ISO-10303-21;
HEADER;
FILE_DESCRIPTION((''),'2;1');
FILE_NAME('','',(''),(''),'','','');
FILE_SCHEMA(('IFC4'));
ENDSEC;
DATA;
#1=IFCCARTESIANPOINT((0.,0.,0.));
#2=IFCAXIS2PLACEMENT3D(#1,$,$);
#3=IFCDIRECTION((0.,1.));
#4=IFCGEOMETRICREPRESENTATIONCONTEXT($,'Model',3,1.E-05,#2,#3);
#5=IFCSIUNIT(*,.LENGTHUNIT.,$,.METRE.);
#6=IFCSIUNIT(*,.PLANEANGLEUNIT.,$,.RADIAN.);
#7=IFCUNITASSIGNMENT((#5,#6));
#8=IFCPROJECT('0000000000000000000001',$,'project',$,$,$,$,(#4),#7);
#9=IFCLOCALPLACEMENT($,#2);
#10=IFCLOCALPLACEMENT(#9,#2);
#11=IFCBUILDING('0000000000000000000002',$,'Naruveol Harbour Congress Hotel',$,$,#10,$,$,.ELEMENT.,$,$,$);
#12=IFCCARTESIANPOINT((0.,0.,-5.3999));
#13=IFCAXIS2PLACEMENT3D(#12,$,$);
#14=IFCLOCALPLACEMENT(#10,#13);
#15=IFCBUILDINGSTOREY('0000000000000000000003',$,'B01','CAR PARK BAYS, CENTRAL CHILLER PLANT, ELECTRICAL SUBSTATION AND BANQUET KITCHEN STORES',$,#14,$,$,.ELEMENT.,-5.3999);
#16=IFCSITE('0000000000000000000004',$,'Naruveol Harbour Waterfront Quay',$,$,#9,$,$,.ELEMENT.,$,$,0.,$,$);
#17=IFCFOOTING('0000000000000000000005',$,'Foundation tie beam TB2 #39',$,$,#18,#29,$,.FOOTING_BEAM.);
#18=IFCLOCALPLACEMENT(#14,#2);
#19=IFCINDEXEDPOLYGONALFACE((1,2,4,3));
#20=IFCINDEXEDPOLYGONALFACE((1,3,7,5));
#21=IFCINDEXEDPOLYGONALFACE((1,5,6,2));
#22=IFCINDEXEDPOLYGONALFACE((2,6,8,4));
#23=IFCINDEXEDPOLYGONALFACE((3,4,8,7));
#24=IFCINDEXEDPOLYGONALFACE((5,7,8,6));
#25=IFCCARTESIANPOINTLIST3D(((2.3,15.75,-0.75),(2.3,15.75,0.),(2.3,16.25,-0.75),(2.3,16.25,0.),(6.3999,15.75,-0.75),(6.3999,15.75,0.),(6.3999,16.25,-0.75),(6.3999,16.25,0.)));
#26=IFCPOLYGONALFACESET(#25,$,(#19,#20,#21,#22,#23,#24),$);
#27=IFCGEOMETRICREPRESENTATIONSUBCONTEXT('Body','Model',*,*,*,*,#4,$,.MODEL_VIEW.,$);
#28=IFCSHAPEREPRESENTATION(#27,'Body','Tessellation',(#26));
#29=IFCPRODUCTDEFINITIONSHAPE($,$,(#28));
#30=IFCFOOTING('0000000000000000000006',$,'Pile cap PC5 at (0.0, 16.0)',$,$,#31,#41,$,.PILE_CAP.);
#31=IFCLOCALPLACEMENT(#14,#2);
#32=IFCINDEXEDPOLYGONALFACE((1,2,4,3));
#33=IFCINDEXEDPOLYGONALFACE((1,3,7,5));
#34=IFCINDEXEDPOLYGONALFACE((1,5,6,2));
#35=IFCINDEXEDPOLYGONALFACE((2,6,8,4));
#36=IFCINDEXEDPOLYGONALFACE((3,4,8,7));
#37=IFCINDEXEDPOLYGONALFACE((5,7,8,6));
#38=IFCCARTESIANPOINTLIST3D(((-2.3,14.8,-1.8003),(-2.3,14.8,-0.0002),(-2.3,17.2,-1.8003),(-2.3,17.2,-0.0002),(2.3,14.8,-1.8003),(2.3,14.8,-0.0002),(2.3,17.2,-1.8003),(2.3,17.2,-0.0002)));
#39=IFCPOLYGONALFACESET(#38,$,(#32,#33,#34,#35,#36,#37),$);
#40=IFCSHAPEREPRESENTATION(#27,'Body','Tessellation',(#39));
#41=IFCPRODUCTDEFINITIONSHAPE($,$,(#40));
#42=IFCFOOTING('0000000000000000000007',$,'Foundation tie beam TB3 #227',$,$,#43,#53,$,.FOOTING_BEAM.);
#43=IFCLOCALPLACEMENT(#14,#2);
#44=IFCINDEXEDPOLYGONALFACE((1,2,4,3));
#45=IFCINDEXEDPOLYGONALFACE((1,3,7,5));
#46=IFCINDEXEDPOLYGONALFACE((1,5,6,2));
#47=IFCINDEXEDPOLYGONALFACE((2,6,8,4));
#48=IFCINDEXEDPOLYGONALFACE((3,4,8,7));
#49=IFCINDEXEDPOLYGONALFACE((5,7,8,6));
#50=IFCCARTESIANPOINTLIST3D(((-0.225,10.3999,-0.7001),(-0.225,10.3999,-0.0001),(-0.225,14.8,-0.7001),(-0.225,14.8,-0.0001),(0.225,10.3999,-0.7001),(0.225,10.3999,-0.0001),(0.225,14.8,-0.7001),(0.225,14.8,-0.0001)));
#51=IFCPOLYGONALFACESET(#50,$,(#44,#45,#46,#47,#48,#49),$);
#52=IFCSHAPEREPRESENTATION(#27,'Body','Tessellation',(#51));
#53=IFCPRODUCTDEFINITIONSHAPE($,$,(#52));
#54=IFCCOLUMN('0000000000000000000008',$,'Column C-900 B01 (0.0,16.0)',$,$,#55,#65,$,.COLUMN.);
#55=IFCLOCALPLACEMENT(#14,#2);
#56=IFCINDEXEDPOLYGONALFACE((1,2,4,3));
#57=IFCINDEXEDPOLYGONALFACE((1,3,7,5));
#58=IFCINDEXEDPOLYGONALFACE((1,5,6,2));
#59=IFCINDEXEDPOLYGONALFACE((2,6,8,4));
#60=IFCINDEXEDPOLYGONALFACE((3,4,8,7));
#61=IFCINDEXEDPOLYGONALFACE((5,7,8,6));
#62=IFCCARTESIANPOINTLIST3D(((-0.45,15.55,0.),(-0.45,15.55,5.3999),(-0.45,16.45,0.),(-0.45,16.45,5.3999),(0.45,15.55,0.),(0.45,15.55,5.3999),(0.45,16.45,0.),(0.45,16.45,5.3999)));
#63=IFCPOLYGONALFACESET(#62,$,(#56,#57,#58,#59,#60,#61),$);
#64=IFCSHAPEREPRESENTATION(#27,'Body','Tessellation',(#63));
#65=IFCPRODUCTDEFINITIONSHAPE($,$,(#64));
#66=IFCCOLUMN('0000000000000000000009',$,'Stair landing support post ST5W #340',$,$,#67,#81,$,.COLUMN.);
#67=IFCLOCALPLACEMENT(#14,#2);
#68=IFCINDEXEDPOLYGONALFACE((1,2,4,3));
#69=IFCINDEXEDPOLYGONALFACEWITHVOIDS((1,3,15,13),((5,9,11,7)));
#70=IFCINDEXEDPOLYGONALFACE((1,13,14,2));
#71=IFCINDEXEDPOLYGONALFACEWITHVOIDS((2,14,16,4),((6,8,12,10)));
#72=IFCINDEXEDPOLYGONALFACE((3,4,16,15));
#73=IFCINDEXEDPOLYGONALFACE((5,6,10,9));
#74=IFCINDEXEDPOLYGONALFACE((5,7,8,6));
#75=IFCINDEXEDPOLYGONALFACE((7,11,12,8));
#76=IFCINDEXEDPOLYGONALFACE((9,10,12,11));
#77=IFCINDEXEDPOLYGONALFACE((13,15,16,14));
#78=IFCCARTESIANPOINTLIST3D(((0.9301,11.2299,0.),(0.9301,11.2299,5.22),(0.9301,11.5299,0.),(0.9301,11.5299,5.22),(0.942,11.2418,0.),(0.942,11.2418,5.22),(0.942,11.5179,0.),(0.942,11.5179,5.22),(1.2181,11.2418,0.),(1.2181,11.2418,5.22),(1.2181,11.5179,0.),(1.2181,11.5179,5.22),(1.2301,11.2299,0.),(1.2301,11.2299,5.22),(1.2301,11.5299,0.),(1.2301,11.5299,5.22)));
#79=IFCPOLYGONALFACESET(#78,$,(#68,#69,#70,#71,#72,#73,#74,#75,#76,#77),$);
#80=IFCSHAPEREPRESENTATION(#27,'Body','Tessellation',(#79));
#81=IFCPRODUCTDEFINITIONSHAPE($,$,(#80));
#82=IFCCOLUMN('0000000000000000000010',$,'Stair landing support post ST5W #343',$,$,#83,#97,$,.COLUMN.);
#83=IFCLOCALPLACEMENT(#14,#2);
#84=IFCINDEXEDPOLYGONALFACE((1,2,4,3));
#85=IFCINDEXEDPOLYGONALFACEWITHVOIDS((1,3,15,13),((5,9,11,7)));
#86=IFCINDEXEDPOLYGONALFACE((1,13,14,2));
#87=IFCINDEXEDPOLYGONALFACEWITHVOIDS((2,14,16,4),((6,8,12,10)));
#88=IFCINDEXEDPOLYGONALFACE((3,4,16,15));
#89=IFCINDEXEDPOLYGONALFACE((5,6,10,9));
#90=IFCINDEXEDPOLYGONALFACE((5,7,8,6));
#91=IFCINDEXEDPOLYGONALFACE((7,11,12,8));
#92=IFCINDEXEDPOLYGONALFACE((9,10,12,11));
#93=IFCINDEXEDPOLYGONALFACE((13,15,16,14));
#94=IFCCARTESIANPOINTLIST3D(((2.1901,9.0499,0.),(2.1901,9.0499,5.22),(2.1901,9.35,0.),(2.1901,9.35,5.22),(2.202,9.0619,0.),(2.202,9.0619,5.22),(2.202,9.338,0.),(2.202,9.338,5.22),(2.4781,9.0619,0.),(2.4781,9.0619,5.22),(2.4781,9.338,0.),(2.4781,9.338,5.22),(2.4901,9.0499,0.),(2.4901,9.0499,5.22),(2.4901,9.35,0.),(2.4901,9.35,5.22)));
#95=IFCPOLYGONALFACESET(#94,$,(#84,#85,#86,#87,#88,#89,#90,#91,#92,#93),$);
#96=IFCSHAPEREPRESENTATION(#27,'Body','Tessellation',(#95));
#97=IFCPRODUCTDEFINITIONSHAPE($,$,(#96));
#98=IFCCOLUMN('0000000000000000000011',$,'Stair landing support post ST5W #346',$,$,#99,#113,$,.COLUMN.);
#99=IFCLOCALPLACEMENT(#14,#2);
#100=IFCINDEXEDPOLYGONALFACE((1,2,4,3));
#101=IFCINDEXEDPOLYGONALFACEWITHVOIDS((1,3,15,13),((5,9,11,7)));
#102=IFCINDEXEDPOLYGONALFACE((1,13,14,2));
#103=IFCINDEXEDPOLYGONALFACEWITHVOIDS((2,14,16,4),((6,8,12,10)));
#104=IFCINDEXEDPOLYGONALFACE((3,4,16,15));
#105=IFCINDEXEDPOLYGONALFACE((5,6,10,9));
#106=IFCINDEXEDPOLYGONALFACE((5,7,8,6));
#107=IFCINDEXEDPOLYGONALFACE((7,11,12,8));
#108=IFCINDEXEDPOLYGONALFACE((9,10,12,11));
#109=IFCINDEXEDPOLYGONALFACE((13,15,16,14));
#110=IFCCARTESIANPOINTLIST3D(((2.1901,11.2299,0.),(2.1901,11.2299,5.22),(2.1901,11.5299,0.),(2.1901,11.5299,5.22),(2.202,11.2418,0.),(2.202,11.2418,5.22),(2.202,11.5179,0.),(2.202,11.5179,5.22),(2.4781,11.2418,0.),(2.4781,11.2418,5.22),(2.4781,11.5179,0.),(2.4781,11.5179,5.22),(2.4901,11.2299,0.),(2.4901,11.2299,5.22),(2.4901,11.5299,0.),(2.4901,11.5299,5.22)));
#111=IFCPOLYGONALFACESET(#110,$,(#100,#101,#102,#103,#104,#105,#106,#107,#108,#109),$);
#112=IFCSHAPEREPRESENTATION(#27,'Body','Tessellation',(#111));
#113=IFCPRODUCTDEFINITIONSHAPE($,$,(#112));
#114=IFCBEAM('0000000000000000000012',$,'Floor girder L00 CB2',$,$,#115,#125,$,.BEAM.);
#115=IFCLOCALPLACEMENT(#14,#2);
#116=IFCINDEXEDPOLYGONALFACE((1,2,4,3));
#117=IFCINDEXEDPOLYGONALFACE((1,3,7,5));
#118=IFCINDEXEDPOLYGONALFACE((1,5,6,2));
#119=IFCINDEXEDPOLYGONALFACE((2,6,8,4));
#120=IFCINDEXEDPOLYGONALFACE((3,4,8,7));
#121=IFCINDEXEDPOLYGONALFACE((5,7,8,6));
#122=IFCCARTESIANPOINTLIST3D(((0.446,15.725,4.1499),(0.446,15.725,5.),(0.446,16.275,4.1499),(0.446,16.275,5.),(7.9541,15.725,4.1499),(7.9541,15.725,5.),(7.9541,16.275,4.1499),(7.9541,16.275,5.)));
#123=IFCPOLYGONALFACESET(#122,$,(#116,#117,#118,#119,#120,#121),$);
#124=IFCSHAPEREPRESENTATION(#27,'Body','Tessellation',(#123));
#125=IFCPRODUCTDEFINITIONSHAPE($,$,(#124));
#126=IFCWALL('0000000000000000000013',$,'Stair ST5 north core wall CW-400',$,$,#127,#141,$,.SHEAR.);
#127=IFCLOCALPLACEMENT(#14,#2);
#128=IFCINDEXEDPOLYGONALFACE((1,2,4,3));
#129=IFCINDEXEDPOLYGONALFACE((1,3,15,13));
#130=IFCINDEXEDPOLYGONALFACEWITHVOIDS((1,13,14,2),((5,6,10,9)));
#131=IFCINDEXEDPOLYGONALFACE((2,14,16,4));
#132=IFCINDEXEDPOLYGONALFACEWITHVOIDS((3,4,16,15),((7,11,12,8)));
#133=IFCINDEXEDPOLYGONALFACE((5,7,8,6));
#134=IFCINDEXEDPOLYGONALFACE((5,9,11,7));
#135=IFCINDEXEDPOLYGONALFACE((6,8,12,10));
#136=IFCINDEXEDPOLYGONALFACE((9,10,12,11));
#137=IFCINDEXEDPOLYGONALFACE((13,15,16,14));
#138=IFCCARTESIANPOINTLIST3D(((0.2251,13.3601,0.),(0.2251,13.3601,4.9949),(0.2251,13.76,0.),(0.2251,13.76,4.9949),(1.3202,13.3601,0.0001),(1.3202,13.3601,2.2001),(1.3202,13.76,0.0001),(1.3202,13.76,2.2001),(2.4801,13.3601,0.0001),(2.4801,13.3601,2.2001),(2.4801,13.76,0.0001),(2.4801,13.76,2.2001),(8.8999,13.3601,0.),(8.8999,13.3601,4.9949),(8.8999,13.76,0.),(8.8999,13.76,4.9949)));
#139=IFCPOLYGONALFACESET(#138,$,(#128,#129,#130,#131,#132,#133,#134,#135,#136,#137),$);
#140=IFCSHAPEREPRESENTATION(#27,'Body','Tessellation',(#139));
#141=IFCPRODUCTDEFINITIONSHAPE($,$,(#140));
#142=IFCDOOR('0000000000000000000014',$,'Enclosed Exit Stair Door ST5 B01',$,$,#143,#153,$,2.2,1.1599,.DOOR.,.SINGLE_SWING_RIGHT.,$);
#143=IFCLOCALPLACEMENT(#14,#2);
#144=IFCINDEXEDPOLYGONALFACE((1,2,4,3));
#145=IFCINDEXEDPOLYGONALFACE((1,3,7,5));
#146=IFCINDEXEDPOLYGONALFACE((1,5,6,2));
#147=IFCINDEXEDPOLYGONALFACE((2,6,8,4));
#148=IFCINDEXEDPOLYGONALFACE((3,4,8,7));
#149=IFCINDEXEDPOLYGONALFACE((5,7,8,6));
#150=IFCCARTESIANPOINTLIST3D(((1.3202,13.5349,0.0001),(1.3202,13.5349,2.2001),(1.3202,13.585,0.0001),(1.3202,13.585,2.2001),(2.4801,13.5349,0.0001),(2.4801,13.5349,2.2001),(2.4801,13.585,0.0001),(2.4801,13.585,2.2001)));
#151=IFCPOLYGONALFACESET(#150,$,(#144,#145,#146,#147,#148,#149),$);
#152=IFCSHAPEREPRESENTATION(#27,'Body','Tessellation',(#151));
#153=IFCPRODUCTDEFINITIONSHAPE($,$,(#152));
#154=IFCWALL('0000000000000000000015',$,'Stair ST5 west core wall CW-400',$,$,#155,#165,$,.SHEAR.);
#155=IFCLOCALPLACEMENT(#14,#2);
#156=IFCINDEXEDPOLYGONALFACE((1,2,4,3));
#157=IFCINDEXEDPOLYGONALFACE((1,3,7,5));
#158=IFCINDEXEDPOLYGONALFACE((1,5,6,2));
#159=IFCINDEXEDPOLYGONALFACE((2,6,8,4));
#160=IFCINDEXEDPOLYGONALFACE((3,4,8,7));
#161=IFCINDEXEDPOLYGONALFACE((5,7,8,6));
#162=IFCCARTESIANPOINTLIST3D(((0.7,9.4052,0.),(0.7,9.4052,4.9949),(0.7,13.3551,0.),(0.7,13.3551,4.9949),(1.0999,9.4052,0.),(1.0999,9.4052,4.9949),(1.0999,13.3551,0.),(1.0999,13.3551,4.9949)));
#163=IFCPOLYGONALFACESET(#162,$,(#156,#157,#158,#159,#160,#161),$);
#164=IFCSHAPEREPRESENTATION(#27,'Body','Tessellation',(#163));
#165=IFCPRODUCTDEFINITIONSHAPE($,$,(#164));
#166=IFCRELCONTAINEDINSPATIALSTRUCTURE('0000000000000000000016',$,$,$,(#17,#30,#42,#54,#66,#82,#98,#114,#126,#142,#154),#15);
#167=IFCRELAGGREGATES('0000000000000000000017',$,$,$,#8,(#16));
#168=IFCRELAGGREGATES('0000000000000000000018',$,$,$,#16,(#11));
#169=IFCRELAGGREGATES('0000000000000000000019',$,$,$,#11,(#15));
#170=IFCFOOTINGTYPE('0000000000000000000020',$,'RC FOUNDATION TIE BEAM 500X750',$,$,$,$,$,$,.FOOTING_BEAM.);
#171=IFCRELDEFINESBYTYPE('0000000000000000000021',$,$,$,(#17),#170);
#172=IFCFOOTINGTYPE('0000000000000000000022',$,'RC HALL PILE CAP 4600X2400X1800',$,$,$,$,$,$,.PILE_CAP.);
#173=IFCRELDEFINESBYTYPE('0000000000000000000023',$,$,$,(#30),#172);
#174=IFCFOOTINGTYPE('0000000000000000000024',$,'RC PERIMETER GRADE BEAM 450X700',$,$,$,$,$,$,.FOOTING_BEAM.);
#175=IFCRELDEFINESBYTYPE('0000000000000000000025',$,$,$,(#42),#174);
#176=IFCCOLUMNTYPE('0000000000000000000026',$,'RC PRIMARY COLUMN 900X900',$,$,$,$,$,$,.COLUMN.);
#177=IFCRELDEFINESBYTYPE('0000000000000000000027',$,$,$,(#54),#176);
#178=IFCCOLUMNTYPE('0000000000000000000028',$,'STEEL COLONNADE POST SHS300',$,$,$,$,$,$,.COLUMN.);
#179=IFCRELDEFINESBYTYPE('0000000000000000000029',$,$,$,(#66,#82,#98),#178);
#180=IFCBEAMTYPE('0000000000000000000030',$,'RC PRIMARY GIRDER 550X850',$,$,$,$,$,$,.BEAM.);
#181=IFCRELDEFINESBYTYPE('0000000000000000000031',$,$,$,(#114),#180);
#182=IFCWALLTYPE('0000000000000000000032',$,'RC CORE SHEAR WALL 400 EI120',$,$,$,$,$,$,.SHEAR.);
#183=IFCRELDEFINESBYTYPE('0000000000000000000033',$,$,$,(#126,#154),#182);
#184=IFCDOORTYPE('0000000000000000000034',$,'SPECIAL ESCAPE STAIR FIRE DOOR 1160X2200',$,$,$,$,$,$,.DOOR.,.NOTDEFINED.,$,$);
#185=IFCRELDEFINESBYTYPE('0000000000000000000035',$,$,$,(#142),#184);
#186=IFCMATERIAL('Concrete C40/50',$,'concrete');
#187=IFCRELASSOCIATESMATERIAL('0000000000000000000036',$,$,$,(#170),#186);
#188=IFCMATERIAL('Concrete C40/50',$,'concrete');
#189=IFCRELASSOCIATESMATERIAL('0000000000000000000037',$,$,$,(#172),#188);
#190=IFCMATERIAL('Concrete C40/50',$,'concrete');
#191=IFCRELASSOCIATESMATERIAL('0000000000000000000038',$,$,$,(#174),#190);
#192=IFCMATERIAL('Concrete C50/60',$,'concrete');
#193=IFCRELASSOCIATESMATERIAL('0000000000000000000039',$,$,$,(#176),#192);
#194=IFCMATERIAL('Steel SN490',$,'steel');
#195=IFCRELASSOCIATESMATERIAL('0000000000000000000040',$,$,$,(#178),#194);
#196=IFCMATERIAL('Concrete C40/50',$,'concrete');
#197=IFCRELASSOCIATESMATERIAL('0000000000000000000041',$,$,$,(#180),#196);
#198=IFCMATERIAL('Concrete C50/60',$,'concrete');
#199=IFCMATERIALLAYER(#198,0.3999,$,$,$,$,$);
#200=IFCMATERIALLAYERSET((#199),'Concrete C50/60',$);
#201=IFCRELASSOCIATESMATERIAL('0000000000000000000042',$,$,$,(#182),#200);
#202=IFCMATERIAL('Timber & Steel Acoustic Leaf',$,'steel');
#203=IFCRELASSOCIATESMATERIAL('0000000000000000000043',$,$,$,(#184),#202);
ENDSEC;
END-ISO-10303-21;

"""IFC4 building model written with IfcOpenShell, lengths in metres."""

from ifc_helpers import new_model, si_unit, direction, frame, frame_2d, origin, origin_2d, place, context, subcontext, project, spatial, rectangle, hollow_rectangle, extrude, material, layer, layer_set, material_profile, profile_set, type_object, element, fill, save


model = new_model("IFC4")

# Units and contexts
model_context = context("Model", 3, precision=1e-05, world=origin(), true_north=direction((0.0, 1.0)))
body_context = subcontext(model_context, "Body", "Model", "MODEL_VIEW")
ifc_project = project(units=[si_unit("LENGTHUNIT", "METRE"), si_unit("PLANEANGLEUNIT", "RADIAN")], contexts=[model_context])

# Site, building, storey
site_placement = place(None, origin())
site = spatial("IfcSite", under=ifc_project, at=site_placement, Name="Naruveol Harbour Waterfront Quay", CompositionType="ELEMENT", RefElevation=0.0)
building_placement = place(site_placement, origin())
building = spatial("IfcBuilding", under=site, at=building_placement, Name="Naruveol Harbour Congress Hotel", CompositionType="ELEMENT")
storey_placement = place(building_placement, frame((0.0, 0.0, -5.3999)))
storey = spatial("IfcBuildingStorey", under=building, at=storey_placement, Name="B01", Description="CAR PARK BAYS, CENTRAL CHILLER PLANT, ELECTRICAL SUBSTATION AND BANQUET KITCHEN STORES", CompositionType="ELEMENT", Elevation=-5.3999)

# Footings
ifc_material_1 = material(Name="Concrete C40/50", Category="concrete")
ifc_material_profile_1 = material_profile(ifc_material_1, rectangle(XDim=0.5, YDim=0.75, at=origin_2d()), Name="RCB-500x750")
ifc_profile_set_1 = profile_set([ifc_material_profile_1], Name="Concrete C40/50")
footing_type_1 = type_object("IfcFootingType", Name="RC FOUNDATION TIE BEAM 500X750", PredefinedType="FOOTING_BEAM", material=ifc_profile_set_1)
footing_1_placement = place(storey_placement, frame((2.3, 16.0, -0.375), z_axis=(1.0, 0.0, 0.0), x_axis=(0.0, 1.0, 0.0)))
element("IfcFooting", 1, at=footing_1_placement, inside=storey, type_object=footing_type_1, Name="Foundation tie beam TB2 #39", PredefinedType="FOOTING_BEAM", context=body_context, shape_type="SweptSolid", body=[
    extrude(rectangle(XDim=0.5, YDim=0.75, at=origin_2d()), origin(), (0.0, 0.0, 1.0), 4.0999),
])
ifc_material_2 = material(Name="Concrete C40/50", Category="concrete")
footing_type_2 = type_object("IfcFootingType", Name="RC HALL PILE CAP 4600X2400X1800", PredefinedType="PILE_CAP", material=ifc_material_2)
footing_2_placement = place(storey_placement, frame((0.0, 16.0, -1.8003), z_axis=(0.0, 0.0, 1.0), x_axis=(1.0, 0.0, 0.0)))
element("IfcFooting", 2, at=footing_2_placement, inside=storey, type_object=footing_type_2, Name="Pile cap PC5 at (0.0, 16.0)", PredefinedType="PILE_CAP", context=body_context, shape_type="SweptSolid", body=[
    extrude(rectangle(XDim=4.6001, YDim=2.3999, at=origin_2d()), origin(), (0.0, 0.0, 1.0), 1.8),
])
ifc_material_3 = material(Name="Concrete C40/50", Category="concrete")
ifc_material_profile_2 = material_profile(ifc_material_3, rectangle(XDim=0.45, YDim=0.7, at=origin_2d()), Name="RCB-450x700")
ifc_profile_set_2 = profile_set([ifc_material_profile_2], Name="Concrete C40/50")
footing_type_3 = type_object("IfcFootingType", Name="RC PERIMETER GRADE BEAM 450X700", PredefinedType="FOOTING_BEAM", material=ifc_profile_set_2)
footing_3_placement = place(storey_placement, frame((0.0, 10.3999, -0.3501), z_axis=(0.0, 1.0, 0.0), x_axis=(-1.0, 0.0, 0.0)))
element("IfcFooting", 3, at=footing_3_placement, inside=storey, type_object=footing_type_3, Name="Foundation tie beam TB3 #227", PredefinedType="FOOTING_BEAM", context=body_context, shape_type="SweptSolid", body=[
    extrude(rectangle(XDim=0.45, YDim=0.7, at=origin_2d()), origin(), (0.0, 0.0, 1.0), 4.4001),
])

# Columns
ifc_material_4 = material(Name="Concrete C50/60", Category="concrete")
ifc_material_profile_3 = material_profile(ifc_material_4, rectangle(XDim=0.8999, YDim=0.8999, at=origin_2d()), Name="RC-900x900")
ifc_profile_set_3 = profile_set([ifc_material_profile_3], Name="Concrete C50/60")
column_type_1 = type_object("IfcColumnType", Name="RC PRIMARY COLUMN 900X900", PredefinedType="COLUMN", material=ifc_profile_set_3)
column_placement = place(storey_placement, frame((0.0, 16.0, 0.0), z_axis=(0.0, 0.0, 1.0), x_axis=(1.0, 0.0, 0.0)))
element("IfcColumn", 4, at=column_placement, inside=storey, type_object=column_type_1, Name="Column C-900 B01 (0.0,16.0)", PredefinedType="COLUMN", context=body_context, shape_type="SweptSolid", body=[
    extrude(rectangle(XDim=0.8999, YDim=0.8999, at=origin_2d()), origin(), (0.0, 0.0, 1.0), 5.3999),
])
ifc_material_5 = material(Name="Steel SN490", Category="steel")
ifc_material_profile_4 = material_profile(ifc_material_5, hollow_rectangle(XDim=0.3, YDim=0.3, WallThickness=0.012, at=origin_2d()), Name="SHS-300x300x12")
ifc_profile_set_4 = profile_set([ifc_material_profile_4], Name="Steel SN490")
column_type_2 = type_object("IfcColumnType", Name="STEEL COLONNADE POST SHS300", PredefinedType="COLUMN", material=ifc_profile_set_4)
for number, where, z_axis, x_axis, name in (
    (5, (1.0801, 11.3799, 0.0), (0.0, 0.0, 1.0), (1.0, 0.0, 0.0), "Stair landing support post ST5W #340"),
    (6, (2.3401, 9.2, 0.0), (0.0, 0.0, 1.0), (1.0, 0.0, 0.0), "Stair landing support post ST5W #343"),
    (7, (2.3401, 11.3799, 0.0), (0.0, 0.0, 1.0), (1.0, 0.0, 0.0), "Stair landing support post ST5W #346"),
):
    element("IfcColumn", number, at=place(storey_placement, frame(where, z_axis=z_axis, x_axis=x_axis)), inside=storey, type_object=column_type_2, Name=name, PredefinedType="COLUMN", context=body_context, shape_type="SweptSolid", body=[
        extrude(hollow_rectangle(XDim=0.3, YDim=0.3, WallThickness=0.012, at=origin_2d()), origin(), (0.0, 0.0, 1.0), 5.22),
    ])

# Beam
ifc_material_6 = material(Name="Concrete C40/50", Category="concrete")
ifc_material_profile_5 = material_profile(ifc_material_6, rectangle(XDim=0.55, YDim=0.8501, at=origin_2d()), Name="RCB-550x850")
ifc_profile_set_5 = profile_set([ifc_material_profile_5], Name="Concrete C40/50")
beam_type = type_object("IfcBeamType", Name="RC PRIMARY GIRDER 550X850", PredefinedType="BEAM", material=ifc_profile_set_5)
beam_placement = place(storey_placement, frame((0.446, 16.0, 4.575), z_axis=(1.0, 0.0, 0.0), x_axis=(0.0, 1.0, 0.0)))
element("IfcBeam", 8, at=beam_placement, inside=storey, type_object=beam_type, Name="Floor girder L00 CB2", PredefinedType="BEAM", context=body_context, shape_type="SweptSolid", body=[
    extrude(rectangle(XDim=0.55, YDim=0.8501, at=origin_2d()), origin(), (0.0, 0.0, 1.0), 7.5081),
])

# Wall, opening, door
ifc_material_7 = material(Name="Concrete C50/60", Category="concrete")
ifc_layer_1 = layer(ifc_material_7, 0.3999)
ifc_layer_set_1 = layer_set([ifc_layer_1], Name="Concrete C50/60")
wall_type = type_object("IfcWallType", Name="RC CORE SHEAR WALL 400 EI120", PredefinedType="SHEAR", material=ifc_layer_set_1)
wall_1_placement = place(storey_placement, frame((0.2251, 13.5601, 0.0), z_axis=(0.0, 0.0, 1.0), x_axis=(1.0, 0.0, 0.0)))
wall_1 = element("IfcWall", 9, at=wall_1_placement, inside=storey, type_object=wall_type, Name="Stair ST5 north core wall CW-400", PredefinedType="SHEAR", context=body_context, shape_type="SweptSolid", body=[
    extrude(rectangle(XDim=8.6748, YDim=0.3999, at=frame_2d((4.3374, 0.0))), origin(), (0.0, 0.0, 1.0), 4.9949),
])
opening_placement = place(wall_1_placement, frame((1.095, 0.0, 0.0)))
opening = element("IfcOpeningElement", 10, at=opening_placement, cuts=wall_1, PredefinedType="OPENING", context=body_context, shape_type="SweptSolid", body=[
    extrude(rectangle(XDim=1.1599, YDim=2.2, at=frame_2d((0.5801, 1.1001))), frame((0.0, 0.21, 0.0), z_axis=(0.0, -1.0, 0.0), x_axis=(1.0, 0.0, 0.0)), (0.0, 0.0, 1.0), 0.4199),
])
ifc_material_8 = material(Name="Timber & Steel Acoustic Leaf", Category="steel")
door_type = type_object("IfcDoorType", Name="SPECIAL ESCAPE STAIR FIRE DOOR 1160X2200", OperationType="NOTDEFINED", PredefinedType="DOOR", material=ifc_material_8)
door_placement = place(opening_placement, origin())
door = element("IfcDoor", 11, at=door_placement, inside=storey, type_object=door_type, Name="Enclosed Exit Stair Door ST5 B01", OperationType="SINGLE_SWING_RIGHT", OverallHeight=2.2, OverallWidth=1.1599, PredefinedType="DOOR", context=body_context, shape_type="SweptSolid", body=[
    extrude(rectangle(XDim=1.1599, YDim=2.2, at=frame_2d((0.5801, 1.1001))), frame((0.0, 0.0249, 0.0), z_axis=(0.0, -1.0, 0.0), x_axis=(1.0, 0.0, 0.0)), (0.0, 0.0, 1.0), 0.05),
])
fill(opening, door)

# Wall
wall_2_placement = place(storey_placement, frame((0.8999, 9.405, 0.0), z_axis=(0.0, 0.0, 1.0), x_axis=(0.0, 1.0, 0.0)))
element("IfcWall", 12, at=wall_2_placement, inside=storey, type_object=wall_type, Name="Stair ST5 west core wall CW-400", PredefinedType="SHEAR", context=body_context, shape_type="SweptSolid", body=[
    extrude(rectangle(XDim=3.95, YDim=0.3999, at=frame_2d((1.9751, 0.0))), origin(), (0.0, 0.0, 1.0), 4.9949),
])

save(model, "model.ifc")
